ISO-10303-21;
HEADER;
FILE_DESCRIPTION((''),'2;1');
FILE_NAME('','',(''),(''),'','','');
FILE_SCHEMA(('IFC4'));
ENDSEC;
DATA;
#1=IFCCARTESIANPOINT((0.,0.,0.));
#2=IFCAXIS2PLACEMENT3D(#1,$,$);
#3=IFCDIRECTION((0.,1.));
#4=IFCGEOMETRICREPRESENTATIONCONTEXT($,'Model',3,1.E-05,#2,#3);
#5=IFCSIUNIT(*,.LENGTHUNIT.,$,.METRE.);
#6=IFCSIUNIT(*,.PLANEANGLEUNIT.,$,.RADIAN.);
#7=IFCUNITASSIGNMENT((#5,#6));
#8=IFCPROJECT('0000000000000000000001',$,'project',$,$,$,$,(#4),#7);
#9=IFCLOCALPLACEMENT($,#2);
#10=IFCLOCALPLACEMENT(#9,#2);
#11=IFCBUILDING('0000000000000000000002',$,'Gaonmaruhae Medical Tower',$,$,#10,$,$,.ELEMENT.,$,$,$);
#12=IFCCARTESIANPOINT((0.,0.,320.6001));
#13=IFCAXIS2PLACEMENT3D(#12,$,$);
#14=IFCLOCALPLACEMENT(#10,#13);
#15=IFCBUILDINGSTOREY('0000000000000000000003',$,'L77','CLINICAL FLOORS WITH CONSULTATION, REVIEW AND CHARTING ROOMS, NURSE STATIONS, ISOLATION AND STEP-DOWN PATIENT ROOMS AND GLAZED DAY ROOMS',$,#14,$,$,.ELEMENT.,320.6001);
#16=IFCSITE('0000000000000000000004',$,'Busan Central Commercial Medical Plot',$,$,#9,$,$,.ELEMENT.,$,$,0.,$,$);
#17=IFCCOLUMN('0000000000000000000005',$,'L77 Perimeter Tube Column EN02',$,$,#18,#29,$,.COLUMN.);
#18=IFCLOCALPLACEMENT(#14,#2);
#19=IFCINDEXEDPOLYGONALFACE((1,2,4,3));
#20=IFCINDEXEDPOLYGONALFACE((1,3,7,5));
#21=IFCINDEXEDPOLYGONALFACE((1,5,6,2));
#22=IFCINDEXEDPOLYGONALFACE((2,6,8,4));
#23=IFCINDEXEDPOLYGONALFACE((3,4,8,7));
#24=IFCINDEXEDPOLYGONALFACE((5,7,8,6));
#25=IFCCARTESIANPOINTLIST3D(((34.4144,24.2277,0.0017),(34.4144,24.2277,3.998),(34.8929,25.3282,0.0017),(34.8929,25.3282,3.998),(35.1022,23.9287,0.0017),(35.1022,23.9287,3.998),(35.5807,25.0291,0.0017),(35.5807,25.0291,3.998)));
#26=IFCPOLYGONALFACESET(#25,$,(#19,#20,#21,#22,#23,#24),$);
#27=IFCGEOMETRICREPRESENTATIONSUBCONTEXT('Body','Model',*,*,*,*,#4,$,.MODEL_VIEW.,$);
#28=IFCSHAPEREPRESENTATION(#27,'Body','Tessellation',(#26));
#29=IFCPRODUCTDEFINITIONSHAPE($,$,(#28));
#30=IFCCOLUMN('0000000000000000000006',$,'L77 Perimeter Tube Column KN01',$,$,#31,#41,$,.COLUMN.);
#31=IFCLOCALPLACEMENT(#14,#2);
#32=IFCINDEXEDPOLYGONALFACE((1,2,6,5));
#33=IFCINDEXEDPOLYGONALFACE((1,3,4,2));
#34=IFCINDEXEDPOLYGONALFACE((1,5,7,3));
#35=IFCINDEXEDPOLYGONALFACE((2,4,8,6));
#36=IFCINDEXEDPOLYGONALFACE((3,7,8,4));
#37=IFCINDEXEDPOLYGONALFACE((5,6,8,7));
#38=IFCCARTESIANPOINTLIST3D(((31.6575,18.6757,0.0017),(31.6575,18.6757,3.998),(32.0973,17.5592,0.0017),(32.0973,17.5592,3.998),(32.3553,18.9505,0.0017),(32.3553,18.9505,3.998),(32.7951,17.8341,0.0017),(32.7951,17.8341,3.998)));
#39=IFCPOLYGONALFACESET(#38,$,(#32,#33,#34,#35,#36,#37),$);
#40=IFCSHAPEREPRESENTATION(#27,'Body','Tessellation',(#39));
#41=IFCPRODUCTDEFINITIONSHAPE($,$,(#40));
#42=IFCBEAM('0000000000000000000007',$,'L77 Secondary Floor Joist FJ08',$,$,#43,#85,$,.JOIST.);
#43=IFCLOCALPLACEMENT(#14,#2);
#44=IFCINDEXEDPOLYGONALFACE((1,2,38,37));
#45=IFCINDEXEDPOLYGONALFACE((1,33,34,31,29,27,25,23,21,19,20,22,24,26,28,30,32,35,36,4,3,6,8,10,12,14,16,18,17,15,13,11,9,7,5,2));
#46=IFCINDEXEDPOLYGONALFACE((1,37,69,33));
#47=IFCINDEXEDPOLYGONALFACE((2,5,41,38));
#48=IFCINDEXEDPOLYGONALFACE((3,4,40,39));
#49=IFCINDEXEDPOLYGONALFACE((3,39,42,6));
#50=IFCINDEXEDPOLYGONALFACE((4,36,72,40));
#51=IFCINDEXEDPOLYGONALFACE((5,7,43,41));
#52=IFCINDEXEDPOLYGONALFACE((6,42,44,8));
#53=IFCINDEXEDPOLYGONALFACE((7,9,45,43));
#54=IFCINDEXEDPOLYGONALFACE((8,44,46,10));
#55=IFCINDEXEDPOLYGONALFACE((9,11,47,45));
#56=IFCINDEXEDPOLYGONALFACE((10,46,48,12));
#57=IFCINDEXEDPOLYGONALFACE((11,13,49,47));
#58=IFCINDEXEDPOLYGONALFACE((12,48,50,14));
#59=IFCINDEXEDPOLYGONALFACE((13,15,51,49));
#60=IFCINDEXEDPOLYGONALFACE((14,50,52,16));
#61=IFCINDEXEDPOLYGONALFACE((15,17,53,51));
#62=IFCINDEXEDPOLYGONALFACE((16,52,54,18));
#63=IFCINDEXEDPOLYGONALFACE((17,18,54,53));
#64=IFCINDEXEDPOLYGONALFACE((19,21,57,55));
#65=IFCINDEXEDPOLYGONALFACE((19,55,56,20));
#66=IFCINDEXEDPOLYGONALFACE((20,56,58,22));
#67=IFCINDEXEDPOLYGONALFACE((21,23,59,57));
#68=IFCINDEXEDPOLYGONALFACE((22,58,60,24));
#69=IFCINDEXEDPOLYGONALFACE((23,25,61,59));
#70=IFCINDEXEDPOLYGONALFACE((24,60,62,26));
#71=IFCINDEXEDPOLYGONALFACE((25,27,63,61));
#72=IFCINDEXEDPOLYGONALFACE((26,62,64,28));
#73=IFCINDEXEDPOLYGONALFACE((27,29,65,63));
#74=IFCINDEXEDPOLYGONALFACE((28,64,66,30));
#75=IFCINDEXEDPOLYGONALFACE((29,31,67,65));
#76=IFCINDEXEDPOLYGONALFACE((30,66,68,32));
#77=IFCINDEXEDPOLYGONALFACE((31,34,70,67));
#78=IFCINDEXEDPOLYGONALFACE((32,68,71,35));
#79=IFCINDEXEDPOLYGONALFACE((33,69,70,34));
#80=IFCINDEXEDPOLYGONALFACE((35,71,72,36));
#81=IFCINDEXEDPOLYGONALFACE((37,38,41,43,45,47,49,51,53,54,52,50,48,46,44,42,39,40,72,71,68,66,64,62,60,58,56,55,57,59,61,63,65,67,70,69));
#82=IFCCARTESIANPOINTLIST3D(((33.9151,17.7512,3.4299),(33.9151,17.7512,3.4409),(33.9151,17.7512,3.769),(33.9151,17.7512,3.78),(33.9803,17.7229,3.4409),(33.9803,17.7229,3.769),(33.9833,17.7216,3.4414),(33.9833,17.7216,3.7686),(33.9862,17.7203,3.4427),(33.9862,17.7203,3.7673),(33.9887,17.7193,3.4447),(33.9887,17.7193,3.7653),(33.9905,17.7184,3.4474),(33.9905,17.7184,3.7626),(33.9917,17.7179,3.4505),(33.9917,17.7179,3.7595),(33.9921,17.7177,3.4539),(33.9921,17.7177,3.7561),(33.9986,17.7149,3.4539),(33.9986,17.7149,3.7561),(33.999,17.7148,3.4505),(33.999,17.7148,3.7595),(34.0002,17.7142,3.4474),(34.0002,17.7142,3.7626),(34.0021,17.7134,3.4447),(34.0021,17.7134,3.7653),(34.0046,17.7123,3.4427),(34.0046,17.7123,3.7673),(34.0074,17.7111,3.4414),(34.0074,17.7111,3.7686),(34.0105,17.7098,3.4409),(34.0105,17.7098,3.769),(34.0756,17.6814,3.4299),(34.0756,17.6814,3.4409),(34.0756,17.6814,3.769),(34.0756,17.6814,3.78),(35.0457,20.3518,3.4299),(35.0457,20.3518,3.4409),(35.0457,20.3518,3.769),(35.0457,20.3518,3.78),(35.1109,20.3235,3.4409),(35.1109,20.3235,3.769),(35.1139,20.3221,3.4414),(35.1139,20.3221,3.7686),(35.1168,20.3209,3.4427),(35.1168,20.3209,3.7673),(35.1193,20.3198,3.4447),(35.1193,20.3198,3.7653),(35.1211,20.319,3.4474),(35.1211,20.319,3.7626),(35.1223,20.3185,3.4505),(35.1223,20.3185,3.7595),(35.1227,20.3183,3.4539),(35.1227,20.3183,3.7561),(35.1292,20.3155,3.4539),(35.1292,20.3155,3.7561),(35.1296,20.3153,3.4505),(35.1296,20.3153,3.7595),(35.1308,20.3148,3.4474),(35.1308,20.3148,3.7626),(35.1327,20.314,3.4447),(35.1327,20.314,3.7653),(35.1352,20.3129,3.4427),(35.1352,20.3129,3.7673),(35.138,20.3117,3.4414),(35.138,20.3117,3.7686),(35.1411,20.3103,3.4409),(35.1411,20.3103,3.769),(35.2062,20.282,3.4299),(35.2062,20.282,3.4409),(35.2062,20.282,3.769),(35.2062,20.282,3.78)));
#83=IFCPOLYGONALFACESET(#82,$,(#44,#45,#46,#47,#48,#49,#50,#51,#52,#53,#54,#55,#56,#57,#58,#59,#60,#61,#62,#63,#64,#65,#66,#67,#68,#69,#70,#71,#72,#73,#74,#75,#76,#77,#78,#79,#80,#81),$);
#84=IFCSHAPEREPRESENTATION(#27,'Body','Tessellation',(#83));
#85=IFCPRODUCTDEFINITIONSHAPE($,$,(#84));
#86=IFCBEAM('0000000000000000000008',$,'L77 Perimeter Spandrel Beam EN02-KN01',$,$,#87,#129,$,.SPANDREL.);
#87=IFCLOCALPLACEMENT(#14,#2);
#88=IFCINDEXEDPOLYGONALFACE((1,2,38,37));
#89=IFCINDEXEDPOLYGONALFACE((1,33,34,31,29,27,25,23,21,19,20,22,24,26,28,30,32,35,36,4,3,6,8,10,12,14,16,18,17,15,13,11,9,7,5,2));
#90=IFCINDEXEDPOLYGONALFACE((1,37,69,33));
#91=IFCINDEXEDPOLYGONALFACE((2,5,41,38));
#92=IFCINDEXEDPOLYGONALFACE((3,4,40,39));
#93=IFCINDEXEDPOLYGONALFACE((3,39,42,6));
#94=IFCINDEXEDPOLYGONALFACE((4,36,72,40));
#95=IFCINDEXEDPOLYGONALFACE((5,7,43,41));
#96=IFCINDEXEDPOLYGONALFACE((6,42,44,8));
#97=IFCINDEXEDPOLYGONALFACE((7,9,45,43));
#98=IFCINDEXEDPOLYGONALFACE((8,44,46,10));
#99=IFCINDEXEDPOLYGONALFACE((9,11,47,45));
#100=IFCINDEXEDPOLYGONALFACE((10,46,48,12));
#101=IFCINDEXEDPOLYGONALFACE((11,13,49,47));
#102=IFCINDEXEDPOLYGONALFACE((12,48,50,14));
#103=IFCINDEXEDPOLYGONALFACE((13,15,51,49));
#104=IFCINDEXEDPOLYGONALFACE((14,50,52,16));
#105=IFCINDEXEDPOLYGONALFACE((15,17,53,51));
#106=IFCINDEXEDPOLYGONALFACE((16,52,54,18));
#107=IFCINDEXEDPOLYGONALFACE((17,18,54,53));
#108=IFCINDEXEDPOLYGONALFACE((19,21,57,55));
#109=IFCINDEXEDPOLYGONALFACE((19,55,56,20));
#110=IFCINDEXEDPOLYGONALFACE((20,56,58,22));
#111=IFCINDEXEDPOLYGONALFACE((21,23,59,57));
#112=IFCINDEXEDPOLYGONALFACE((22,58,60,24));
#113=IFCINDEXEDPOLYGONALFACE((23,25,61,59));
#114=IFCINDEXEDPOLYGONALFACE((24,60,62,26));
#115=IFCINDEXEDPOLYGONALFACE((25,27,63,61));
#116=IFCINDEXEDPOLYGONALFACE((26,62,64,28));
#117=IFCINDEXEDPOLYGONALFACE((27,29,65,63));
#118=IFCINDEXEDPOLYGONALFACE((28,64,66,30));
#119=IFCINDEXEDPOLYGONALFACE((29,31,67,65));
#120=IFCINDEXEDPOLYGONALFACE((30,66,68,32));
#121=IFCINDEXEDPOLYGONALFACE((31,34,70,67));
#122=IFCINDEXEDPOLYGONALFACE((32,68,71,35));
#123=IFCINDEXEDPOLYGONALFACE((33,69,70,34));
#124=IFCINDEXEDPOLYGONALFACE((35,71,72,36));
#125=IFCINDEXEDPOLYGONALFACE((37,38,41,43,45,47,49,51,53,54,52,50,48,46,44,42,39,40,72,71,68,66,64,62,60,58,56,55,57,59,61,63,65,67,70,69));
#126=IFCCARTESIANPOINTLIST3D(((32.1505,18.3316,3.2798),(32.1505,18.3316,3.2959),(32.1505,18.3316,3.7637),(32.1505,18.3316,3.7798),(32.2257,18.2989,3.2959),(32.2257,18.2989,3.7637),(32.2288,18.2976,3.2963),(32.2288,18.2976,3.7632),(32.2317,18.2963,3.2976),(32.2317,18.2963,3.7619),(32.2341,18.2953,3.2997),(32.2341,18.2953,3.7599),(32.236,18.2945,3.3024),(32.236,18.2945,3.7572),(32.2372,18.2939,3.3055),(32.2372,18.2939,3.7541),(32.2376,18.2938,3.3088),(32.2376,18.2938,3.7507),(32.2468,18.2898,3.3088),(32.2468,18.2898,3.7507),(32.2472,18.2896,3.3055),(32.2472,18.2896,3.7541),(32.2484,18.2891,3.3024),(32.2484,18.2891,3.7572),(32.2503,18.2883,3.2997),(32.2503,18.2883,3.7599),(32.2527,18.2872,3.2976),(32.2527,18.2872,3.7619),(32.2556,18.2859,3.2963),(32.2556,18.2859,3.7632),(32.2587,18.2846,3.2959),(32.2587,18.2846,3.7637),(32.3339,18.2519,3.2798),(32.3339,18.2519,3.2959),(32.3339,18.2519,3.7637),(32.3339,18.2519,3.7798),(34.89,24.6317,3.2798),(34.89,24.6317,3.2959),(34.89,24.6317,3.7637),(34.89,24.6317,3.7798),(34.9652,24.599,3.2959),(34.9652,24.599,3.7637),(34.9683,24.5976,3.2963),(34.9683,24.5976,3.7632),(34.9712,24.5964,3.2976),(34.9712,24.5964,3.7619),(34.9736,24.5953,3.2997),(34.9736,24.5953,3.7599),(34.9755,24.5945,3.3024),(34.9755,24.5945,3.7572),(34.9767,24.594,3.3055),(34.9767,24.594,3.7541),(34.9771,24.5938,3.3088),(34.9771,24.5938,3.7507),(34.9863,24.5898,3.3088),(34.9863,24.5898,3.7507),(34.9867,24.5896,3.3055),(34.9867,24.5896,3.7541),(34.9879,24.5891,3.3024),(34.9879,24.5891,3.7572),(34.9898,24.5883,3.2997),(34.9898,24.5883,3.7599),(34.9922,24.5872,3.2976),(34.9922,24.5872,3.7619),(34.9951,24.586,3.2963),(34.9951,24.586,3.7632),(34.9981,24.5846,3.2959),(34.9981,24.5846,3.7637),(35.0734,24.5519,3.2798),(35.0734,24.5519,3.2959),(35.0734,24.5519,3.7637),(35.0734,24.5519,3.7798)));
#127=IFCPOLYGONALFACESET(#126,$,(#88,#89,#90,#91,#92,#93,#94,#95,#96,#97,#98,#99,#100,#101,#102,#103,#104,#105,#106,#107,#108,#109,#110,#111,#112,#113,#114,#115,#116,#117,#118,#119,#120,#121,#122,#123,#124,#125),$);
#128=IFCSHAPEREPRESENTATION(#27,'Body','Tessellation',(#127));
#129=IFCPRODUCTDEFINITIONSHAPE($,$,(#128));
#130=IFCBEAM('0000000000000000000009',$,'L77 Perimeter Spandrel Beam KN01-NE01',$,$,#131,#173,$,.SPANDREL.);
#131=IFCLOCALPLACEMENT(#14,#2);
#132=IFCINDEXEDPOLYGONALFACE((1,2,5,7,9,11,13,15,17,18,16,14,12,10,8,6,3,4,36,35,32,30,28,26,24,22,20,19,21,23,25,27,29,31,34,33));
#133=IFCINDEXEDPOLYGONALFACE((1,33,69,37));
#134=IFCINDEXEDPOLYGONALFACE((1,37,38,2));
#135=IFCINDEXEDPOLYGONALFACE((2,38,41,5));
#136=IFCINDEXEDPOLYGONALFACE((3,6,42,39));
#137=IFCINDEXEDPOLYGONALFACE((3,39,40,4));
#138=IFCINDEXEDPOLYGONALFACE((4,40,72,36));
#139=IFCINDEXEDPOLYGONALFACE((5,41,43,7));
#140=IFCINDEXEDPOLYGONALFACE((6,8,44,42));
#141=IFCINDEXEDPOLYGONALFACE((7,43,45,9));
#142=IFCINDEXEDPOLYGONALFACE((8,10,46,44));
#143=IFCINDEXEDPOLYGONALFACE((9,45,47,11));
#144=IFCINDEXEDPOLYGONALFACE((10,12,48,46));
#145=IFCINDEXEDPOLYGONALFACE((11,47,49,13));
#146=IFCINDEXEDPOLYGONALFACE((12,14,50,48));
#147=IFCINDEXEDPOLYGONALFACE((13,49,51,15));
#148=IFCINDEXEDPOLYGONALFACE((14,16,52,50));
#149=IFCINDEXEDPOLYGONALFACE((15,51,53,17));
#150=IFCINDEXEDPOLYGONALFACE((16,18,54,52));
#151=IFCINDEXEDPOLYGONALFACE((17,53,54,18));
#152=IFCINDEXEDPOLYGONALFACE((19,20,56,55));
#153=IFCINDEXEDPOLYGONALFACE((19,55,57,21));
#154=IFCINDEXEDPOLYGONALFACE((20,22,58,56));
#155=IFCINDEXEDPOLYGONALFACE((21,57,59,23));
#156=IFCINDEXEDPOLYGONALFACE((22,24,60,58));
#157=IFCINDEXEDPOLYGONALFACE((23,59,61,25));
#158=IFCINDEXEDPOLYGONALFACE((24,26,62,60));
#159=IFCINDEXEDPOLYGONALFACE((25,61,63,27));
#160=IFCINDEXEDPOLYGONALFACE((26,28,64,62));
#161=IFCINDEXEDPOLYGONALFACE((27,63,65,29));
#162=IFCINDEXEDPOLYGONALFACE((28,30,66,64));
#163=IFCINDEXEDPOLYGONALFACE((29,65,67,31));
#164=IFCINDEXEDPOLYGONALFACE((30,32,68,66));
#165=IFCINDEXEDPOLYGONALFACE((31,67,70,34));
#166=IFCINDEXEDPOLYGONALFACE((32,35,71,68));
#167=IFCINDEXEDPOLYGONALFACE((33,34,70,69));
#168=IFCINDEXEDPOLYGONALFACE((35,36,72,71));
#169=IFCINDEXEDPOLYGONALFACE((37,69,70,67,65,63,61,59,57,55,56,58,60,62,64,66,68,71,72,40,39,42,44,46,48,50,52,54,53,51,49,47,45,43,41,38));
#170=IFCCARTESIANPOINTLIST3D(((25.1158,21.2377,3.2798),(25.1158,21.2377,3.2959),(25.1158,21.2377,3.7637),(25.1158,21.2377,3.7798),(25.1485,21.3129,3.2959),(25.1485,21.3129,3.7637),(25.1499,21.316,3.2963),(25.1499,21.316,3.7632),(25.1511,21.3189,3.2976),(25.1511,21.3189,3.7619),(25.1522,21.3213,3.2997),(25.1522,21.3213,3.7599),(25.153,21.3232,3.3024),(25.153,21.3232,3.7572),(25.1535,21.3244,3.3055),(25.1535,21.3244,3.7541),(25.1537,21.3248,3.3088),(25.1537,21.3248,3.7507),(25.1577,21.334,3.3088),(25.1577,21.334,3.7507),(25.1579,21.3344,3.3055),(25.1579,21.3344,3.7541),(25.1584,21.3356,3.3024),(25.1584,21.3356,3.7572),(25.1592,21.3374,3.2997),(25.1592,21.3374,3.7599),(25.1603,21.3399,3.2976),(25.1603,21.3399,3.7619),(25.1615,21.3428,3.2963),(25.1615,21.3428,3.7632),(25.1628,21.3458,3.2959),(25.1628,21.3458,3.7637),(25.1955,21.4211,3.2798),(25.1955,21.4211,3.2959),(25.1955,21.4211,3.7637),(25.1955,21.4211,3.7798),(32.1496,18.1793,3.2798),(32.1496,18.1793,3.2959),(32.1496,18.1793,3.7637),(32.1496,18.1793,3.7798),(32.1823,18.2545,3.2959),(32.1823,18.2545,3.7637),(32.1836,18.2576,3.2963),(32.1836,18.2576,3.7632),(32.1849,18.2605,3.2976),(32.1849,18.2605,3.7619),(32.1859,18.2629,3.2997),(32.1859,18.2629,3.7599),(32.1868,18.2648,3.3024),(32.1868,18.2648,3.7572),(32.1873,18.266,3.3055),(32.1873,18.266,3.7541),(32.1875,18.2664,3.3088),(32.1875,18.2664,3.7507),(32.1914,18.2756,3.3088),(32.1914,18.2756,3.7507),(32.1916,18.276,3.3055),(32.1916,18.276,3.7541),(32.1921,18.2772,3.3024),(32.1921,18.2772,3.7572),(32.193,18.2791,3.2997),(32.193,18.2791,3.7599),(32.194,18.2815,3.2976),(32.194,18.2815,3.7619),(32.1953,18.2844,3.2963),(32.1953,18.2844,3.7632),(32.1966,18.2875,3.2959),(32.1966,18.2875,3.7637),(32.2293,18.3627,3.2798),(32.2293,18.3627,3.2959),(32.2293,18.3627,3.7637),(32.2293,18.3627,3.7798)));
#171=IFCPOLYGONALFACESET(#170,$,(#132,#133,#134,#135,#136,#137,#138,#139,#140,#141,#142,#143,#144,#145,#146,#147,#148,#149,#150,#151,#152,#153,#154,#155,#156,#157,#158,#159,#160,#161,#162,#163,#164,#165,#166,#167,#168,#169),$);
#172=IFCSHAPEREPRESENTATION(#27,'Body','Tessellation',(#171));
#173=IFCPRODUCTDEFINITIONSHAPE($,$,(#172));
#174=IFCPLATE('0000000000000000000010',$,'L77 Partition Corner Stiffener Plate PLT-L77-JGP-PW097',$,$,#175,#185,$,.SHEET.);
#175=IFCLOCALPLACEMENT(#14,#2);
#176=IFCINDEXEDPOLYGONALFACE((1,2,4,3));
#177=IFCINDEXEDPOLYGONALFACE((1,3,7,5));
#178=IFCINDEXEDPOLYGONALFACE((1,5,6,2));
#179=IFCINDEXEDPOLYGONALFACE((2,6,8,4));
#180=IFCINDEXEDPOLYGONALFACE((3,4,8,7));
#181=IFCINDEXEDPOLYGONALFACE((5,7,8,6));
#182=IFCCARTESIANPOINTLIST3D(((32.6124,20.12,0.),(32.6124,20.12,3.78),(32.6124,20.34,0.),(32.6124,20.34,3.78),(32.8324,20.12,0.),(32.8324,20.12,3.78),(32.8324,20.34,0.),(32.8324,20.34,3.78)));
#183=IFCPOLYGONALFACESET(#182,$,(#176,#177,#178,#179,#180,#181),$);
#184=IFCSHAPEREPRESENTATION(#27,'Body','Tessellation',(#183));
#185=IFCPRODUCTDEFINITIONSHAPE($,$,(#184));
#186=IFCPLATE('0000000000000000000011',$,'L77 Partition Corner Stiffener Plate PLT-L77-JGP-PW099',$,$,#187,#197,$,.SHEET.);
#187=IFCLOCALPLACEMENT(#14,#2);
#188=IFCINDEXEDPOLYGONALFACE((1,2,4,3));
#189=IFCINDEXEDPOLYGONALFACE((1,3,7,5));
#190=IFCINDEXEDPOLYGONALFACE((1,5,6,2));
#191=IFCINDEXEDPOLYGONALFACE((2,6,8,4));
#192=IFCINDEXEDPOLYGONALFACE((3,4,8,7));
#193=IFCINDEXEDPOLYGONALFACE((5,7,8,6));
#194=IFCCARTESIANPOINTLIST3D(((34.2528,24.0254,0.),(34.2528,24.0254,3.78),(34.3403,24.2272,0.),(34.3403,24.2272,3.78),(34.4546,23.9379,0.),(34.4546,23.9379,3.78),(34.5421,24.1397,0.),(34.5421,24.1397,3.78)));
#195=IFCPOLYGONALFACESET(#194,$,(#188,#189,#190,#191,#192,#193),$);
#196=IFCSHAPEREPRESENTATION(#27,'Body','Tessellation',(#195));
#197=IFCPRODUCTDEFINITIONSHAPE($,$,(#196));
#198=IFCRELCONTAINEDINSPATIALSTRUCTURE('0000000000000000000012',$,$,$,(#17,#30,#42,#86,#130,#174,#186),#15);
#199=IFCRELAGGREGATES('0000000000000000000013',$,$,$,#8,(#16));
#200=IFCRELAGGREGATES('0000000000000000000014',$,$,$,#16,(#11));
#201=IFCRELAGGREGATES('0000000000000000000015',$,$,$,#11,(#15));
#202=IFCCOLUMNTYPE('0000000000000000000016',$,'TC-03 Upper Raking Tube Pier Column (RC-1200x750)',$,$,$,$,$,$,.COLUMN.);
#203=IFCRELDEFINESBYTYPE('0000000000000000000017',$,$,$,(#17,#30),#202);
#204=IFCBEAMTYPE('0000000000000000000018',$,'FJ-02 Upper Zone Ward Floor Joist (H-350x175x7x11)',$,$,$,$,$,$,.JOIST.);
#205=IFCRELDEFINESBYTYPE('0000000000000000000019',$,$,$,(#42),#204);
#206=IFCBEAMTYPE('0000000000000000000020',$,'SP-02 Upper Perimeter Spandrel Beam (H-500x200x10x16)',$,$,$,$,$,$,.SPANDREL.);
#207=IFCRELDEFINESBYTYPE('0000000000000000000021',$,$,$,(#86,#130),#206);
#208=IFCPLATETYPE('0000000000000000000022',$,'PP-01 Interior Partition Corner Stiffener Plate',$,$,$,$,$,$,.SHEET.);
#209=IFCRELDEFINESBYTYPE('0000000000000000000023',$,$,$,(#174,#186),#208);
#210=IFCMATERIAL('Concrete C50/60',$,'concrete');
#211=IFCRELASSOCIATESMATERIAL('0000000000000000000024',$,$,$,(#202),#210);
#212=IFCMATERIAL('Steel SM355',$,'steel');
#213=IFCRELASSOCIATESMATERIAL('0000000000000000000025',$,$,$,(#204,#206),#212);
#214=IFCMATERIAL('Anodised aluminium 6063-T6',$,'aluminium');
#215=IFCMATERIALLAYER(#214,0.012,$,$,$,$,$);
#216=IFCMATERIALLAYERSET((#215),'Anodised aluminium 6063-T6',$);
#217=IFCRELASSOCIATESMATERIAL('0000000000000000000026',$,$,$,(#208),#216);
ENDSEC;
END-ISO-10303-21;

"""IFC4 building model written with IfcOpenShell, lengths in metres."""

from ifc_helpers import new_model, si_unit, direction, frame, origin, origin_2d, place, context, subcontext, project, spatial, rectangle, i_section, extrude, material, layer, layer_set, material_profile, profile_set, type_object, element, save


model = new_model("IFC4")

# Units and contexts
model_context = context("Model", 3, precision=1e-05, world=origin(), true_north=direction((0.0, 1.0)))
body_context = subcontext(model_context, "Body", "Model", "MODEL_VIEW")
ifc_project = project(units=[si_unit("LENGTHUNIT", "METRE"), si_unit("PLANEANGLEUNIT", "RADIAN")], contexts=[model_context])

# Site, building, storey
site_placement = place(None, origin())
site = spatial("IfcSite", under=ifc_project, at=site_placement, Name="Busan Central Commercial Medical Plot", CompositionType="ELEMENT", RefElevation=0.0)
building_placement = place(site_placement, origin())
building = spatial("IfcBuilding", under=site, at=building_placement, Name="Gaonmaruhae Medical Tower", CompositionType="ELEMENT")
storey_placement = place(building_placement, frame((0.0, 0.0, 320.6001)))
storey = spatial("IfcBuildingStorey", under=building, at=storey_placement, Name="L77", Description="CLINICAL FLOORS WITH CONSULTATION, REVIEW AND CHARTING ROOMS, NURSE STATIONS, ISOLATION AND STEP-DOWN PATIENT ROOMS AND GLAZED DAY ROOMS", CompositionType="ELEMENT", Elevation=320.6001)

# Columns
ifc_material_1 = material(Name="Concrete C50/60", Category="concrete")
ifc_material_profile_1 = material_profile(ifc_material_1, rectangle(XDim=1.2, YDim=0.75, at=origin_2d()), Name="RC-1200x750")
ifc_profile_set_1 = profile_set([ifc_material_profile_1], Name="Concrete C50/60")
column_type = type_object("IfcColumnType", Name="TC-03 Upper Raking Tube Pier Column (RC-1200x750)", PredefinedType="COLUMN", material=ifc_profile_set_1)
for number, where, z_axis, x_axis, name in (
    (1, (34.9976, 24.6284, 0.0017), (0.0, 0.0, 1.0), (0.398749, 0.91706, 0.0), "L77 Perimeter Tube Column EN02"),
    (2, (32.2263, 18.2549, 0.0017), (0.0, 0.0, 1.0), (-0.366501, 0.930418, 0.0), "L77 Perimeter Tube Column KN01"),
):
    element("IfcColumn", number, at=place(storey_placement, frame(where, z_axis=z_axis, x_axis=x_axis)), inside=storey, type_object=column_type, Name=name, PredefinedType="COLUMN", context=body_context, shape_type="SweptSolid", body=[
        extrude(rectangle(XDim=1.2, YDim=0.75, at=origin_2d()), origin(), (0.0, 0.0, 1.0), 3.9963),
    ])

# Beams
ifc_material_2 = material(Name="Steel SM355", Category="steel")
ifc_material_profile_2 = material_profile(ifc_material_2, i_section(OverallWidth=0.175, OverallDepth=0.3501, WebThickness=0.0071, FlangeThickness=0.011, FilletRadius=0.0129, at=origin_2d()), Name="H-350x175x7x11")
ifc_profile_set_2 = profile_set([ifc_material_profile_2], Name="Steel SM355")
beam_type_1 = type_object("IfcBeamType", Name="FJ-02 Upper Zone Ward Floor Joist (H-350x175x7x11)", PredefinedType="JOIST", material=ifc_profile_set_2)
beam_1_placement = place(storey_placement, frame((35.126, 20.3169, 3.605), z_axis=(-0.398704, -0.91708, 0.0), x_axis=(0.91708, -0.398704, 0.0)))
element("IfcBeam", 3, at=beam_1_placement, inside=storey, type_object=beam_type_1, Name="L77 Secondary Floor Joist FJ08", PredefinedType="JOIST", context=body_context, shape_type="SweptSolid", body=[
    extrude(i_section(OverallWidth=0.175, OverallDepth=0.3501, WebThickness=0.0071, FlangeThickness=0.011, FilletRadius=0.0129, at=origin_2d()), origin(), (0.0, 0.0, 1.0), 2.8357),
])
ifc_material_profile_3 = material_profile(ifc_material_2, i_section(OverallWidth=0.2, OverallDepth=0.5, WebThickness=0.01, FlangeThickness=0.0161, FilletRadius=0.0129, at=origin_2d()), Name="H-500x200x10x16")
ifc_profile_set_3 = profile_set([ifc_material_profile_3], Name="Steel SM355")
beam_type_2 = type_object("IfcBeamType", Name="SP-02 Upper Perimeter Spandrel Beam (H-500x200x10x16)", PredefinedType="SPANDREL", material=ifc_profile_set_3)
beam_2_placement = place(storey_placement, frame((34.9817, 24.5918, 3.5298), z_axis=(-0.398769, -0.917051, 0.0), x_axis=(0.917051, -0.398769, 0.0)))
element("IfcBeam", 4, at=beam_2_placement, inside=storey, type_object=beam_type_2, Name="L77 Perimeter Spandrel Beam EN02-KN01", PredefinedType="SPANDREL", context=body_context, shape_type="SweptSolid", body=[
    extrude(i_section(OverallWidth=0.2, OverallDepth=0.5, WebThickness=0.01, FlangeThickness=0.0161, FilletRadius=0.0129, at=origin_2d()), origin(), (0.0, 0.0, 1.0), 6.8699),
])
beam_3_placement = place(storey_placement, frame((32.1895, 18.271, 3.5298), z_axis=(-0.917059, 0.398751, 0.0), x_axis=(-0.398751, -0.917059, 0.0)))
element("IfcBeam", 5, at=beam_3_placement, inside=storey, type_object=beam_type_2, Name="L77 Perimeter Spandrel Beam KN01-NE01", PredefinedType="SPANDREL", context=body_context, shape_type="SweptSolid", body=[
    extrude(i_section(OverallWidth=0.2, OverallDepth=0.5, WebThickness=0.01, FlangeThickness=0.0161, FilletRadius=0.0129, at=origin_2d()), origin(), (0.0, 0.0, 1.0), 7.6699),
])

# Plates
ifc_material_3 = material(Name="Anodised aluminium 6063-T6", Category="aluminium")
ifc_layer_1 = layer(ifc_material_3, 0.012)
ifc_layer_set_1 = layer_set([ifc_layer_1], Name="Anodised aluminium 6063-T6")
plate_type = type_object("IfcPlateType", Name="PP-01 Interior Partition Corner Stiffener Plate", PredefinedType="SHEET", material=ifc_layer_set_1)
for number, where, z_axis, x_axis, name in (
    (6, (32.7224, 20.23, 0.0), (0.0, 0.0, 1.0), (-1.0, 0.0, 0.0), "L77 Partition Corner Stiffener Plate PLT-L77-JGP-PW097"),
    (7, (34.3975, 24.0825, 0.0), (0.0, 0.0, 1.0), (0.91747, -0.397805, 0.0), "L77 Partition Corner Stiffener Plate PLT-L77-JGP-PW099"),
):
    element("IfcPlate", number, at=place(storey_placement, frame(where, z_axis=z_axis, x_axis=x_axis)), inside=storey, type_object=plate_type, Name=name, PredefinedType="SHEET", context=body_context, shape_type="SweptSolid", body=[
        extrude(rectangle(XDim=0.22, YDim=0.22, at=origin_2d()), origin(), (0.0, 0.0, 1.0), 3.78),
    ])

save(model, "model.ifc")
